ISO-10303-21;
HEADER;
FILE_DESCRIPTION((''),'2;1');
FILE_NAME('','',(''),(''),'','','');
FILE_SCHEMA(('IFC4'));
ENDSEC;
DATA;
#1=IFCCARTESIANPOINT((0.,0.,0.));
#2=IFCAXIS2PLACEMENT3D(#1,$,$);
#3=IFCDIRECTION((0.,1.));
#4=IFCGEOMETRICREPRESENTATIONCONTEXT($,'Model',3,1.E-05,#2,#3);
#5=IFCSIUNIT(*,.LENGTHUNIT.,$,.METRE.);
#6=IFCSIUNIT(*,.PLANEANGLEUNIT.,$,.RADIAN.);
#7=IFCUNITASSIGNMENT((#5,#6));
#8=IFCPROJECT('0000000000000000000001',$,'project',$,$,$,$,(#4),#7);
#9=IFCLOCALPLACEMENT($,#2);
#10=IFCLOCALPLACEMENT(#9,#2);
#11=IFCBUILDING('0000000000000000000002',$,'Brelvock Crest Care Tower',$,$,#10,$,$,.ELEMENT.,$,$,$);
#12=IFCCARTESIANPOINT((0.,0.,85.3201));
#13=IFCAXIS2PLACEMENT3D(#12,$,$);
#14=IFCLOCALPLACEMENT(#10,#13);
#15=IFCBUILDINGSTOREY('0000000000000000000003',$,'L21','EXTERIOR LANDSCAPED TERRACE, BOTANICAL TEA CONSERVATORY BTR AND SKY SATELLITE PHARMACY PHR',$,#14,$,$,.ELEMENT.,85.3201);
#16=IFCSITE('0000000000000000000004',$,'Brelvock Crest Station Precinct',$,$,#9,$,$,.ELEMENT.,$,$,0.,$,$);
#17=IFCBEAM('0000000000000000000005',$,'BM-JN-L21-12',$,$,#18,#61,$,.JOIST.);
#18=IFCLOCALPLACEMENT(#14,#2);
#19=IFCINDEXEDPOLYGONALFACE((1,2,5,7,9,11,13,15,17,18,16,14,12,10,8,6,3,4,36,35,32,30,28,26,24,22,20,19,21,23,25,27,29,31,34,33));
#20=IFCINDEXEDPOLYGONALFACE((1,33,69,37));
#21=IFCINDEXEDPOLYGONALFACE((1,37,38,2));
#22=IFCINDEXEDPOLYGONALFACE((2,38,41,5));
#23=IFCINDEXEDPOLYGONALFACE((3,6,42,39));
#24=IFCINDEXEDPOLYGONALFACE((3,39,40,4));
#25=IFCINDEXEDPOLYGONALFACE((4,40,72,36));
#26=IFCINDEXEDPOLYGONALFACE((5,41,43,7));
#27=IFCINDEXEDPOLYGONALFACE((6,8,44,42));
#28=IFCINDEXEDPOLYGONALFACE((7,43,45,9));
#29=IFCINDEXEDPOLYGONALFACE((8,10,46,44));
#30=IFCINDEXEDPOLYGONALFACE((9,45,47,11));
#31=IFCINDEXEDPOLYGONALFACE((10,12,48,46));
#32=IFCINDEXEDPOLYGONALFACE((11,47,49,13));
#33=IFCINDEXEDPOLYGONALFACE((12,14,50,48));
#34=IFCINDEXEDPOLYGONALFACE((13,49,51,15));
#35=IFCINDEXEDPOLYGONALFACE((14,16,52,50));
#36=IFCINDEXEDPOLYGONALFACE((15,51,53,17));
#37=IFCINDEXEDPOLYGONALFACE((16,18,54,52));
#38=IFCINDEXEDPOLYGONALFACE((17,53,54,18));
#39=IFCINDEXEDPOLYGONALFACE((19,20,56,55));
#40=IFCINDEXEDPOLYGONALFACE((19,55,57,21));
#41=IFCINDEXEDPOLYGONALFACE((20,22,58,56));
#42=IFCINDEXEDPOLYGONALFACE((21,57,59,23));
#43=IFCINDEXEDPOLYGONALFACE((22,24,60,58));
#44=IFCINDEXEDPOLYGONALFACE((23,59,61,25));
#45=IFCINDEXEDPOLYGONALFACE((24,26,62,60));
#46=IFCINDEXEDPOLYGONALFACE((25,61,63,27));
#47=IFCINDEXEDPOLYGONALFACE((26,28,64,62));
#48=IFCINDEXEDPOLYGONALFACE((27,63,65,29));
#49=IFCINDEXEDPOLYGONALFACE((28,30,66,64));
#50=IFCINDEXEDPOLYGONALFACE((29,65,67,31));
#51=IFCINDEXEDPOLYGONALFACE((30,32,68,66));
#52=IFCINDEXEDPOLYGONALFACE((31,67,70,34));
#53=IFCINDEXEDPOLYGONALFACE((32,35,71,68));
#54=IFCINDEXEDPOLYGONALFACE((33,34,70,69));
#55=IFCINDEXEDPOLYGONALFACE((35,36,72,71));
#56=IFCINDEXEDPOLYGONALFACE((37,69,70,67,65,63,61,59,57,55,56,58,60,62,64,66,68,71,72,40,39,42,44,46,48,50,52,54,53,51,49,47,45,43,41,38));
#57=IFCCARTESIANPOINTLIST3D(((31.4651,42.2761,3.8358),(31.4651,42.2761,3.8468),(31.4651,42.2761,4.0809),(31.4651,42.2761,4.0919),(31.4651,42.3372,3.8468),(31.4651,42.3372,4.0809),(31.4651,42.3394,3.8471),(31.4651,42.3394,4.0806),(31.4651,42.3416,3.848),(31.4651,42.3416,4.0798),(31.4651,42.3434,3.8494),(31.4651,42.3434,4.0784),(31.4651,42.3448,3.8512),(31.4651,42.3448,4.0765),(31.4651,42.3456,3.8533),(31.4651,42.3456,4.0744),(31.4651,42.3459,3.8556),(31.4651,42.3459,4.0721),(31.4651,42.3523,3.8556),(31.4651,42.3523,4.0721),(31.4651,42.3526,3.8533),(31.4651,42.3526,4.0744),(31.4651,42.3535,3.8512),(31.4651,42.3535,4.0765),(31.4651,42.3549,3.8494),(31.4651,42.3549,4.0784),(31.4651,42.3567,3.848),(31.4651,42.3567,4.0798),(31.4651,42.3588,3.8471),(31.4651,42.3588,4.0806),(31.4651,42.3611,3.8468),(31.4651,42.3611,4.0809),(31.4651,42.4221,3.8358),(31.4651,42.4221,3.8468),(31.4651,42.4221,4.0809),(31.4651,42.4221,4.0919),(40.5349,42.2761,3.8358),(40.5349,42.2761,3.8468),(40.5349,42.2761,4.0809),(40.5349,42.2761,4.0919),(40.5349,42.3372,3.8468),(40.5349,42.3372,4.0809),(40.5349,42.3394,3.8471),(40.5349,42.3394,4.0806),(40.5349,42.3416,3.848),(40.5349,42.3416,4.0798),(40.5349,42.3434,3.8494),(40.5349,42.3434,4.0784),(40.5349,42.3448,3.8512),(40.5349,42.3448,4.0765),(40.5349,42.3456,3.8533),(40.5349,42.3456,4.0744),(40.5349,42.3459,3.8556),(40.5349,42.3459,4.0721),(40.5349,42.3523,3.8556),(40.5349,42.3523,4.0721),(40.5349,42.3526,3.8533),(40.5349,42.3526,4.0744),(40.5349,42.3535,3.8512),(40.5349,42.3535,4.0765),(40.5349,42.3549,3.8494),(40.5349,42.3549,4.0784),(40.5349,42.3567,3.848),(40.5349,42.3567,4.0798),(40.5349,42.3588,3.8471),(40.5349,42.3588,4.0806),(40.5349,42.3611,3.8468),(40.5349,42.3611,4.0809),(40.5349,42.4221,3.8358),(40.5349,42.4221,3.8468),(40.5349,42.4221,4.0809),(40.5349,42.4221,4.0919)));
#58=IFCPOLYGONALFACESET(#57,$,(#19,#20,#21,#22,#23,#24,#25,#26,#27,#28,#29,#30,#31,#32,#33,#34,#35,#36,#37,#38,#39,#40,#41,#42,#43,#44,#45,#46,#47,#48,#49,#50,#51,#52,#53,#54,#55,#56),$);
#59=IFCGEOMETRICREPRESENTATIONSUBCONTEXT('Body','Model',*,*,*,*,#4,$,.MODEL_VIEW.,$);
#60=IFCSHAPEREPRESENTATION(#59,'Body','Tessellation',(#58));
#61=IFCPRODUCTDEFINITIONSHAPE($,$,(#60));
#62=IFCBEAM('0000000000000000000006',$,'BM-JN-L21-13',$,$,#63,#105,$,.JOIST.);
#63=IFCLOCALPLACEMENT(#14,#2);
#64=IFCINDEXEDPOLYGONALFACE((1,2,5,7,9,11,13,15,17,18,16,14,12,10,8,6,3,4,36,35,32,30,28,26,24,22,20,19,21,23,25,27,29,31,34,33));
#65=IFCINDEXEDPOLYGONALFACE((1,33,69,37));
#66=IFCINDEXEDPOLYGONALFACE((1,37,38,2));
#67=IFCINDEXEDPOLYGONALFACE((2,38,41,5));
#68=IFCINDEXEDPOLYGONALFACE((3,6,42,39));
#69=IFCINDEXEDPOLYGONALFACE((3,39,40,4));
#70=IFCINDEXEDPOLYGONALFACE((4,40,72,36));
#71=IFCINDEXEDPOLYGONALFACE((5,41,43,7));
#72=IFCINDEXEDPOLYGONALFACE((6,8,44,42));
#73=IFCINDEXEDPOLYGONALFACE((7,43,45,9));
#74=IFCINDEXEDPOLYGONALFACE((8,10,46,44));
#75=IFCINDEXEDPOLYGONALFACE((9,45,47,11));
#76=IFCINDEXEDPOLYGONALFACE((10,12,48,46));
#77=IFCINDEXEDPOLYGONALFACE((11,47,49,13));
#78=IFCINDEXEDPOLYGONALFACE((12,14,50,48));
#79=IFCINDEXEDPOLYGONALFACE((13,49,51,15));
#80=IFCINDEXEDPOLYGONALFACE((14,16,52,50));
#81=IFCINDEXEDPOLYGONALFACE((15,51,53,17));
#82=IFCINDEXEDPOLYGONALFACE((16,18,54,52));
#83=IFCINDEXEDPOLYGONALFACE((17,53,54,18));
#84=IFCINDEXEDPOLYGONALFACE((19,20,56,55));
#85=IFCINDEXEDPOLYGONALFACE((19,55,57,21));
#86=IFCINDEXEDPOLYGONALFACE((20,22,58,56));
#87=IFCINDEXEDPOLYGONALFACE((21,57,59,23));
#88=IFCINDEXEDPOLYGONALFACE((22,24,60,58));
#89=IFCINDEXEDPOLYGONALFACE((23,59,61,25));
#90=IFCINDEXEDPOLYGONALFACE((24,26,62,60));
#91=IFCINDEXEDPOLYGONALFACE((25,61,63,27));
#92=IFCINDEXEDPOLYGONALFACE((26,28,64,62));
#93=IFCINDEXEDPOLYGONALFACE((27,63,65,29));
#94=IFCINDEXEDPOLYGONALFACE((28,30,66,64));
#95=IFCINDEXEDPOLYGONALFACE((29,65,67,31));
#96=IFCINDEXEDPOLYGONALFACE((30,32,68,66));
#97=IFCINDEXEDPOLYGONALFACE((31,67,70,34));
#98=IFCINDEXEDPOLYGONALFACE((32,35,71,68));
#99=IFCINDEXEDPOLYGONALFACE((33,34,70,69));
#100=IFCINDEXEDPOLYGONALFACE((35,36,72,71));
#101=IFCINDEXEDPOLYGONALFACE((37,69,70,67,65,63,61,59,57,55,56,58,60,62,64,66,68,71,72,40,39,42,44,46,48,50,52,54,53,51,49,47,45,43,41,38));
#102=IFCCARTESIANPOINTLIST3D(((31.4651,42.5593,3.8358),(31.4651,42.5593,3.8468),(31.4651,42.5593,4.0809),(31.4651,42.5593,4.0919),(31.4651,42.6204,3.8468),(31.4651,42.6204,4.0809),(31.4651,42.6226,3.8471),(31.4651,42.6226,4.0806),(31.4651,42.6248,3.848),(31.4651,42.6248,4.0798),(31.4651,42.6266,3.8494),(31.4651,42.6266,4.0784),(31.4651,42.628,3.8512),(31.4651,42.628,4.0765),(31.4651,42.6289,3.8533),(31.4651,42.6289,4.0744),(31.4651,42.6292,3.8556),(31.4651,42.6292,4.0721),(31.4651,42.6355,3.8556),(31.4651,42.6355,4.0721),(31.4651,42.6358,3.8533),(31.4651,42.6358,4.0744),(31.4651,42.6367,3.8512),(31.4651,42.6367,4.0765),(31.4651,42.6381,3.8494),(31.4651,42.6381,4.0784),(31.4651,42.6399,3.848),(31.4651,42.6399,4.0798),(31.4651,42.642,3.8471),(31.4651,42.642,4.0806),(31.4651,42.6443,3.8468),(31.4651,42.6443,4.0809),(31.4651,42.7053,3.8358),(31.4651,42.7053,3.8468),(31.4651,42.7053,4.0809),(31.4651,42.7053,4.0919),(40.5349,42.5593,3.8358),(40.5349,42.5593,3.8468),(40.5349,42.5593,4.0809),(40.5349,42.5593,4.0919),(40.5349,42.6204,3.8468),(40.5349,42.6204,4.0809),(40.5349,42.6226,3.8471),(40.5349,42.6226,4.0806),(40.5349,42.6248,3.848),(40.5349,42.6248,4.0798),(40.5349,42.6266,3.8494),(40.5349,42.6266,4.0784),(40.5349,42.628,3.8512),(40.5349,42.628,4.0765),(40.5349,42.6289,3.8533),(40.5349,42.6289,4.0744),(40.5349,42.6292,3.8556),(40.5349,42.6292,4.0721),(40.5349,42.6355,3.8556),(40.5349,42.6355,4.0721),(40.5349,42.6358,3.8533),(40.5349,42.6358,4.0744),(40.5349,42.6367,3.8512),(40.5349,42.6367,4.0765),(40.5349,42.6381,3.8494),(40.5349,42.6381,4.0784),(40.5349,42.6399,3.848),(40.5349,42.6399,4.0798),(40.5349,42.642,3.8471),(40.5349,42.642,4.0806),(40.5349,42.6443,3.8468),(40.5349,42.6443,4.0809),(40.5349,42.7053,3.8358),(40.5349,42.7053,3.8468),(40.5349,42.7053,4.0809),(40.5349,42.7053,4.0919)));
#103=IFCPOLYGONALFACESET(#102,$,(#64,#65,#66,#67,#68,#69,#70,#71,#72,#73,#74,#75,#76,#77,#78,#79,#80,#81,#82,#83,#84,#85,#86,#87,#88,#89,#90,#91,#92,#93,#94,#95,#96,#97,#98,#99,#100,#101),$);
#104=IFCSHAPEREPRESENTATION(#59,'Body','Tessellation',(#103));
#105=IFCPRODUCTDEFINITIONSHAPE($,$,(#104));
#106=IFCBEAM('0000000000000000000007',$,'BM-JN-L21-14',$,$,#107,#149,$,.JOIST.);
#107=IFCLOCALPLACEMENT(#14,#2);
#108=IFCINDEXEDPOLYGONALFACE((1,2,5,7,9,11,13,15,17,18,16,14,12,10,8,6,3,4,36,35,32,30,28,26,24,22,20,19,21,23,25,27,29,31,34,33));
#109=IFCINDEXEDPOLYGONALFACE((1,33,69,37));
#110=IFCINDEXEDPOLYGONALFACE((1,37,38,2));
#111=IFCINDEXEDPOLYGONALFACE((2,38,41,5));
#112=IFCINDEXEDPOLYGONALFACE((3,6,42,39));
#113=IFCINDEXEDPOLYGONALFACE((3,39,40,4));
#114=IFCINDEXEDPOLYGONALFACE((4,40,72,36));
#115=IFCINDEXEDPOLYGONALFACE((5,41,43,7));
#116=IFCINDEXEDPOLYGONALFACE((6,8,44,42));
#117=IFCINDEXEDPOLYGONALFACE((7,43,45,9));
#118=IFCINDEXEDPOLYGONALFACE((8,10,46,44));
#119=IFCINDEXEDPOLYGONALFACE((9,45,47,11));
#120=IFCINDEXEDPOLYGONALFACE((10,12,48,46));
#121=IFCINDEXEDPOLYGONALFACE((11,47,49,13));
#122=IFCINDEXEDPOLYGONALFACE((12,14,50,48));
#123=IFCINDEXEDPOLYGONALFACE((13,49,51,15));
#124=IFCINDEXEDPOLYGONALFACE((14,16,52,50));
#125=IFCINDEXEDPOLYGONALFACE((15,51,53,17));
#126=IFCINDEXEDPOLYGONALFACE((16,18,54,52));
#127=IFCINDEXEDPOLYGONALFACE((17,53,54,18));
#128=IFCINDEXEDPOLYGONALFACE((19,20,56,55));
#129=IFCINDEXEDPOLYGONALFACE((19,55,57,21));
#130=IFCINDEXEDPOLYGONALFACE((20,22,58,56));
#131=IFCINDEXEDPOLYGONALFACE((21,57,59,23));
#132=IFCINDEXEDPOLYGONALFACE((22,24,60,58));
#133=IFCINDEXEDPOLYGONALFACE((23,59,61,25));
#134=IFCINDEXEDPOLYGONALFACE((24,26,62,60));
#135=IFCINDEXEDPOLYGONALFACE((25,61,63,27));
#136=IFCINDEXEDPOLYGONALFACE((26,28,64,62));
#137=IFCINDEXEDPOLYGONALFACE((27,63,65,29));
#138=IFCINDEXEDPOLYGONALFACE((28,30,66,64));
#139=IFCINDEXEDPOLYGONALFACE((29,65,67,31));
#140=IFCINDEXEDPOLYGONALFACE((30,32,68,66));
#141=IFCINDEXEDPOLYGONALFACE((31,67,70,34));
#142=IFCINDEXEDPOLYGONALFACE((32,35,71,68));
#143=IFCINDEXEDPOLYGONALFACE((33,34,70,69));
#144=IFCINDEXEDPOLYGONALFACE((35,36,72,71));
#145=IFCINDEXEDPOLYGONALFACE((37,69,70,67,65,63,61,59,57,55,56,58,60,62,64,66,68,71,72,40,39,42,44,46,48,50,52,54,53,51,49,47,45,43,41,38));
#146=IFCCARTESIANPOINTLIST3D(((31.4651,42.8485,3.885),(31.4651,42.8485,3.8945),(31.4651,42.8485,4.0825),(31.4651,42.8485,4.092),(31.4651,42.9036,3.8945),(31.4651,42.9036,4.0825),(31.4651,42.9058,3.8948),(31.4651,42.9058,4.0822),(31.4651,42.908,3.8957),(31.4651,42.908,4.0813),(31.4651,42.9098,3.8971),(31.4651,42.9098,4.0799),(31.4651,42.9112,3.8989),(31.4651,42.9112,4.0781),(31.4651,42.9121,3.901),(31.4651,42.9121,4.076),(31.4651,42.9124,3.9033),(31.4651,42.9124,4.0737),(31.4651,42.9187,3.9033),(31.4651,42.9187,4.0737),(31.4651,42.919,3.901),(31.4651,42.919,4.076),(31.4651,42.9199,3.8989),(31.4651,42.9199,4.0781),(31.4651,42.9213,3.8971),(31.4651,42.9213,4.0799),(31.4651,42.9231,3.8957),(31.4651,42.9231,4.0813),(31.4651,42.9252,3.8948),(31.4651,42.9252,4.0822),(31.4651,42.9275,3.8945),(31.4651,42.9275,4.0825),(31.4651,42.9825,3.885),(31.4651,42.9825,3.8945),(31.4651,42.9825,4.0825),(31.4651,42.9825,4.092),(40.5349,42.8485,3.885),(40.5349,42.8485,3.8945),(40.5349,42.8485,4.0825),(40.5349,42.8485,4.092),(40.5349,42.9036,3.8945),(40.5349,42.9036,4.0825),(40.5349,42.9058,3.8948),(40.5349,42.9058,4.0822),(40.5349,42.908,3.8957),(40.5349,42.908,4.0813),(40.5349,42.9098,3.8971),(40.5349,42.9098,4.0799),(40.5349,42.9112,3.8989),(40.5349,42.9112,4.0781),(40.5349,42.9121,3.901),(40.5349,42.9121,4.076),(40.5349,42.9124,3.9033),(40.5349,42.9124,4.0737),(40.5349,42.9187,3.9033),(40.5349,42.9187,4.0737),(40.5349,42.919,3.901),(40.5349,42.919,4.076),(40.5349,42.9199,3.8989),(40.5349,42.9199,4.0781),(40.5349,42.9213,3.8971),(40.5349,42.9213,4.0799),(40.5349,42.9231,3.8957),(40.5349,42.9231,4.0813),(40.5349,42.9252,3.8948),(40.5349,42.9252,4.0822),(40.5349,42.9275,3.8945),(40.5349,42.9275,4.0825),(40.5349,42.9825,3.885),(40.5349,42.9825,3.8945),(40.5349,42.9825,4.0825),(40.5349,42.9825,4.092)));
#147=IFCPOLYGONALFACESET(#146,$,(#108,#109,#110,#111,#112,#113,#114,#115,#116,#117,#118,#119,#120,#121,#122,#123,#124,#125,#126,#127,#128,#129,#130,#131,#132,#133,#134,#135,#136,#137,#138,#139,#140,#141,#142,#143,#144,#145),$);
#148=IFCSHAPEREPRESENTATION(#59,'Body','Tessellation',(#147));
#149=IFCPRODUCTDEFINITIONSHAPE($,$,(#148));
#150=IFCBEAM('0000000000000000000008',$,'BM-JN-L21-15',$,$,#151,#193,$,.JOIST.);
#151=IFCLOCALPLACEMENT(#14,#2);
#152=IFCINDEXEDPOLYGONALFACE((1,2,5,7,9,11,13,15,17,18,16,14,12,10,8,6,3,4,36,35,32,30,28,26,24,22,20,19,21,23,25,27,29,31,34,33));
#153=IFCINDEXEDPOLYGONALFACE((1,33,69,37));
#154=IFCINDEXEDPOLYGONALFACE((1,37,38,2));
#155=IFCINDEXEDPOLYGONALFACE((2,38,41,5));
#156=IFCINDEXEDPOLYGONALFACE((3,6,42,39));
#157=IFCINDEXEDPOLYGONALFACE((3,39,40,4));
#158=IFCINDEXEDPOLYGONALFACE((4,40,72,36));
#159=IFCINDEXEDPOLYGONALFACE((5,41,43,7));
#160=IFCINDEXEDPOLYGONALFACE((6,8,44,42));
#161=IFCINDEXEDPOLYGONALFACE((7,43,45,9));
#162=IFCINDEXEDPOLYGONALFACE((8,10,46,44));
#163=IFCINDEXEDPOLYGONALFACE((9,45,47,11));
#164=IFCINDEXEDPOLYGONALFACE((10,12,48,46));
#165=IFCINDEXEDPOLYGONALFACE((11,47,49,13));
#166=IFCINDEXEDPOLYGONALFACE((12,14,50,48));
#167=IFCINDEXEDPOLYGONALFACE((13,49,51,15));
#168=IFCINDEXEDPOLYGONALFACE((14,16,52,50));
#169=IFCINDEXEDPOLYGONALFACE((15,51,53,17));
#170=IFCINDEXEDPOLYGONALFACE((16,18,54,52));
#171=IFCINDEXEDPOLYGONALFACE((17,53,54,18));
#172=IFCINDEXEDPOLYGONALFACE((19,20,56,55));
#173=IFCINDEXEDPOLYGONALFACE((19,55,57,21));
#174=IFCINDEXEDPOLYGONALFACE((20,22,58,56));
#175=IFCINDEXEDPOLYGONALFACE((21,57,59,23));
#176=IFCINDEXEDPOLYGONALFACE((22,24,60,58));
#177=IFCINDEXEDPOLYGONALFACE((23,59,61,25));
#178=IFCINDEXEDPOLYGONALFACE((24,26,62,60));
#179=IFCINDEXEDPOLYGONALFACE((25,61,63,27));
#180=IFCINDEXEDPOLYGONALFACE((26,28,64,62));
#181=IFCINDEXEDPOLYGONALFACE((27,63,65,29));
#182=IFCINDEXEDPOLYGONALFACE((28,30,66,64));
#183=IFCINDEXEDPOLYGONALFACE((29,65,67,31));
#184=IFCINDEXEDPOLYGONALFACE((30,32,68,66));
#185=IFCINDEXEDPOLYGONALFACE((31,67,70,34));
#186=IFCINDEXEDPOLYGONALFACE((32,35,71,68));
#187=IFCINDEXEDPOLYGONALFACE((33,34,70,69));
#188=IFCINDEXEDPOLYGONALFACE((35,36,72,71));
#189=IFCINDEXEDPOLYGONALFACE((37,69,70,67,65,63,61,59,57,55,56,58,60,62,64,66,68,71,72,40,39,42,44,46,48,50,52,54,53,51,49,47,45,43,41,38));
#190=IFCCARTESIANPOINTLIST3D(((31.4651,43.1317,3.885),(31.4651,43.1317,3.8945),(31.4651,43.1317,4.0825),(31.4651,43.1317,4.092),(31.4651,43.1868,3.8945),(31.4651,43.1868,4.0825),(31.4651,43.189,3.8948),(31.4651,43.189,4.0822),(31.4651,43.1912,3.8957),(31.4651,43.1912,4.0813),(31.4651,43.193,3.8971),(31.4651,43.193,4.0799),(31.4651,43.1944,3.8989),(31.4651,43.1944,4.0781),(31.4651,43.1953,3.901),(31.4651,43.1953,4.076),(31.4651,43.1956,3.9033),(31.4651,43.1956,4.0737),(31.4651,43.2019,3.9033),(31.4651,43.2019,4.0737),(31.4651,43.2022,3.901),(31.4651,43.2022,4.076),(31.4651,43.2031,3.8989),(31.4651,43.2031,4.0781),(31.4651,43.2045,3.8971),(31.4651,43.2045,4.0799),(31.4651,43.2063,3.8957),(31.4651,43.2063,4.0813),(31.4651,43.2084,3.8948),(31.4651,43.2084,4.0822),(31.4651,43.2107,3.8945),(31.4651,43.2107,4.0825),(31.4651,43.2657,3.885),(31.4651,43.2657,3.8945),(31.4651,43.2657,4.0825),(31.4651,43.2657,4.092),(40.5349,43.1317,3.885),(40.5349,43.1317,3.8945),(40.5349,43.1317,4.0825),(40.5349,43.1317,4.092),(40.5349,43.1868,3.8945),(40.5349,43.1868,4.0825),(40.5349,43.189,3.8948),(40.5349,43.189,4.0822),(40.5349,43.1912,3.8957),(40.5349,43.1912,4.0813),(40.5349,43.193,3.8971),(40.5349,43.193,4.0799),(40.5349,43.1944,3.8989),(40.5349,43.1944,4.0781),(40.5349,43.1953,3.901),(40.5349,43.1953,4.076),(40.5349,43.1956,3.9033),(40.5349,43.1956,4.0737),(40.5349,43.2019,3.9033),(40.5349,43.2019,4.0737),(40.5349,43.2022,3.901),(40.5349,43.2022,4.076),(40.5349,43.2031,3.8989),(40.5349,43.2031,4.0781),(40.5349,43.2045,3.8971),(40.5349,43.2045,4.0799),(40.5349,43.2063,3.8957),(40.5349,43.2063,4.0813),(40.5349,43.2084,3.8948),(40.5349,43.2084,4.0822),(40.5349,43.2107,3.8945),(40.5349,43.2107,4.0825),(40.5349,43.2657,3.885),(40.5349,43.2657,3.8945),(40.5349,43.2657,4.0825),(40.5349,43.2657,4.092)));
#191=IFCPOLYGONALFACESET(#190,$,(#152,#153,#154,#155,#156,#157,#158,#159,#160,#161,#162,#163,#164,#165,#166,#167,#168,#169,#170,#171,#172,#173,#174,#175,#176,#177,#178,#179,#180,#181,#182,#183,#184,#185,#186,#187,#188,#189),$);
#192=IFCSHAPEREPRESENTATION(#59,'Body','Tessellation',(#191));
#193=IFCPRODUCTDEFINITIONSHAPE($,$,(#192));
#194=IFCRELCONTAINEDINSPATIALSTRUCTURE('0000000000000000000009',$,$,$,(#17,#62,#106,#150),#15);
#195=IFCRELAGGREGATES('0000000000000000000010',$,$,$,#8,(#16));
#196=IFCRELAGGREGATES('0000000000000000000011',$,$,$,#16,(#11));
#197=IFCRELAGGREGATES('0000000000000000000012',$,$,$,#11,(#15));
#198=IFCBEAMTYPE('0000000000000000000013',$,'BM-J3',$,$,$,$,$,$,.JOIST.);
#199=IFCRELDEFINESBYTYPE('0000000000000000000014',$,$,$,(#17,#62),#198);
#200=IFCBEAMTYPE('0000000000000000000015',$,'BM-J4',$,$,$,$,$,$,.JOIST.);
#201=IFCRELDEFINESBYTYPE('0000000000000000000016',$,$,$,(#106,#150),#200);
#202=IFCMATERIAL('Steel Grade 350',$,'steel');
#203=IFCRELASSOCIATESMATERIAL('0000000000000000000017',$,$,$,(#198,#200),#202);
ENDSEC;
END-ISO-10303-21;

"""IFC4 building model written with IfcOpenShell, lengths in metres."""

from ifc_helpers import new_model, si_unit, direction, frame, origin, origin_2d, place, context, subcontext, project, spatial, i_section, extrude, source, transform, mapped, material, material_profile, profile_set, type_object, element, save


model = new_model("IFC4")

# Units and contexts
model_context = context("Model", 3, precision=1e-05, world=origin(), true_north=direction((0.0, 1.0)))
body_context = subcontext(model_context, "Body", "Model", "MODEL_VIEW")
ifc_project = project(units=[si_unit("LENGTHUNIT", "METRE"), si_unit("PLANEANGLEUNIT", "RADIAN")], contexts=[model_context])

# Site, building, storey
site_placement = place(None, origin())
site = spatial("IfcSite", under=ifc_project, at=site_placement, Name="Brelvock Crest Station Precinct", CompositionType="ELEMENT", RefElevation=0.0)
building_placement = place(site_placement, origin())
building = spatial("IfcBuilding", under=site, at=building_placement, Name="Brelvock Crest Care Tower", CompositionType="ELEMENT")
storey_placement = place(building_placement, frame((0.0, 0.0, 85.3201)))
storey = spatial("IfcBuildingStorey", under=building, at=storey_placement, Name="L21", Description="EXTERIOR LANDSCAPED TERRACE, BOTANICAL TEA CONSERVATORY BTR AND SKY SATELLITE PHARMACY PHR", CompositionType="ELEMENT", Elevation=85.3201)

# Shared definitions
ifc_material_1 = material(Name="Steel Grade 350", Category="steel")

# Beams
ifc_material_profile_1 = material_profile(ifc_material_1, i_section(OverallWidth=0.146, OverallDepth=0.2561, WebThickness=0.0063, FlangeThickness=0.011, FilletRadius=0.0088, at=origin_2d()), Name="250UB37.3")
ifc_profile_set_1 = profile_set([ifc_material_profile_1], Name="Steel Grade 350")
beam_type_1 = type_object("IfcBeamType", Name="BM-J3", PredefinedType="JOIST", material=ifc_profile_set_1)
shared_shape_1 = source(origin(), body_context, "Body", "SweptSolid", [
    extrude(i_section(OverallWidth=0.146, OverallDepth=0.2561, WebThickness=0.0063, FlangeThickness=0.011, FilletRadius=0.0088, at=origin_2d()), origin(), (0.0, 0.0, 1.0), 9.0698),
])
for number, where, z_axis, x_axis, name in (
    (1, (31.4651, 42.3491, 3.9639), (1.0, 0.0, 0.0), (0.0, 1.0, 0.0), "BM-JN-L21-12"),
    (2, (31.4651, 42.6323, 3.9639), (1.0, 0.0, 0.0), (0.0, 1.0, 0.0), "BM-JN-L21-13"),
):
    element("IfcBeam", number, at=place(storey_placement, frame(where, z_axis=z_axis, x_axis=x_axis)), inside=storey, type_object=beam_type_1, Name=name, PredefinedType="JOIST", context=body_context, shape_type="MappedRepresentation", body=[
        mapped(shared_shape_1, transform((0.0, 0.0, 0.0), x_axis=(1.0, 0.0, 0.0), y_axis=(0.0, 1.0, 0.0), z_axis=(0.0, 0.0, 1.0), scale=1.0)),
    ])
ifc_material_profile_2 = material_profile(ifc_material_1, i_section(OverallWidth=0.134, OverallDepth=0.207, WebThickness=0.0063, FlangeThickness=0.0095, FilletRadius=0.0088, at=origin_2d()), Name="200UB29.8")
ifc_profile_set_2 = profile_set([ifc_material_profile_2], Name="Steel Grade 350")
beam_type_2 = type_object("IfcBeamType", Name="BM-J4", PredefinedType="JOIST", material=ifc_profile_set_2)
shared_shape_2 = source(origin(), body_context, "Body", "SweptSolid", [
    extrude(i_section(OverallWidth=0.134, OverallDepth=0.207, WebThickness=0.0063, FlangeThickness=0.0095, FilletRadius=0.0088, at=origin_2d()), origin(), (0.0, 0.0, 1.0), 9.0698),
])
for number, where, z_axis, x_axis, name in (
    (3, (31.4651, 42.9155, 3.9885), (1.0, 0.0, 0.0), (0.0, 1.0, 0.0), "BM-JN-L21-14"),
    (4, (31.4651, 43.1987, 3.9885), (1.0, 0.0, 0.0), (0.0, 1.0, 0.0), "BM-JN-L21-15"),
):
    element("IfcBeam", number, at=place(storey_placement, frame(where, z_axis=z_axis, x_axis=x_axis)), inside=storey, type_object=beam_type_2, Name=name, PredefinedType="JOIST", context=body_context, shape_type="MappedRepresentation", body=[
        mapped(shared_shape_2, transform((0.0, 0.0, 0.0), x_axis=(1.0, 0.0, 0.0), y_axis=(0.0, 1.0, 0.0), z_axis=(0.0, 0.0, 1.0), scale=1.0)),
    ])

save(model, "model.ifc")
